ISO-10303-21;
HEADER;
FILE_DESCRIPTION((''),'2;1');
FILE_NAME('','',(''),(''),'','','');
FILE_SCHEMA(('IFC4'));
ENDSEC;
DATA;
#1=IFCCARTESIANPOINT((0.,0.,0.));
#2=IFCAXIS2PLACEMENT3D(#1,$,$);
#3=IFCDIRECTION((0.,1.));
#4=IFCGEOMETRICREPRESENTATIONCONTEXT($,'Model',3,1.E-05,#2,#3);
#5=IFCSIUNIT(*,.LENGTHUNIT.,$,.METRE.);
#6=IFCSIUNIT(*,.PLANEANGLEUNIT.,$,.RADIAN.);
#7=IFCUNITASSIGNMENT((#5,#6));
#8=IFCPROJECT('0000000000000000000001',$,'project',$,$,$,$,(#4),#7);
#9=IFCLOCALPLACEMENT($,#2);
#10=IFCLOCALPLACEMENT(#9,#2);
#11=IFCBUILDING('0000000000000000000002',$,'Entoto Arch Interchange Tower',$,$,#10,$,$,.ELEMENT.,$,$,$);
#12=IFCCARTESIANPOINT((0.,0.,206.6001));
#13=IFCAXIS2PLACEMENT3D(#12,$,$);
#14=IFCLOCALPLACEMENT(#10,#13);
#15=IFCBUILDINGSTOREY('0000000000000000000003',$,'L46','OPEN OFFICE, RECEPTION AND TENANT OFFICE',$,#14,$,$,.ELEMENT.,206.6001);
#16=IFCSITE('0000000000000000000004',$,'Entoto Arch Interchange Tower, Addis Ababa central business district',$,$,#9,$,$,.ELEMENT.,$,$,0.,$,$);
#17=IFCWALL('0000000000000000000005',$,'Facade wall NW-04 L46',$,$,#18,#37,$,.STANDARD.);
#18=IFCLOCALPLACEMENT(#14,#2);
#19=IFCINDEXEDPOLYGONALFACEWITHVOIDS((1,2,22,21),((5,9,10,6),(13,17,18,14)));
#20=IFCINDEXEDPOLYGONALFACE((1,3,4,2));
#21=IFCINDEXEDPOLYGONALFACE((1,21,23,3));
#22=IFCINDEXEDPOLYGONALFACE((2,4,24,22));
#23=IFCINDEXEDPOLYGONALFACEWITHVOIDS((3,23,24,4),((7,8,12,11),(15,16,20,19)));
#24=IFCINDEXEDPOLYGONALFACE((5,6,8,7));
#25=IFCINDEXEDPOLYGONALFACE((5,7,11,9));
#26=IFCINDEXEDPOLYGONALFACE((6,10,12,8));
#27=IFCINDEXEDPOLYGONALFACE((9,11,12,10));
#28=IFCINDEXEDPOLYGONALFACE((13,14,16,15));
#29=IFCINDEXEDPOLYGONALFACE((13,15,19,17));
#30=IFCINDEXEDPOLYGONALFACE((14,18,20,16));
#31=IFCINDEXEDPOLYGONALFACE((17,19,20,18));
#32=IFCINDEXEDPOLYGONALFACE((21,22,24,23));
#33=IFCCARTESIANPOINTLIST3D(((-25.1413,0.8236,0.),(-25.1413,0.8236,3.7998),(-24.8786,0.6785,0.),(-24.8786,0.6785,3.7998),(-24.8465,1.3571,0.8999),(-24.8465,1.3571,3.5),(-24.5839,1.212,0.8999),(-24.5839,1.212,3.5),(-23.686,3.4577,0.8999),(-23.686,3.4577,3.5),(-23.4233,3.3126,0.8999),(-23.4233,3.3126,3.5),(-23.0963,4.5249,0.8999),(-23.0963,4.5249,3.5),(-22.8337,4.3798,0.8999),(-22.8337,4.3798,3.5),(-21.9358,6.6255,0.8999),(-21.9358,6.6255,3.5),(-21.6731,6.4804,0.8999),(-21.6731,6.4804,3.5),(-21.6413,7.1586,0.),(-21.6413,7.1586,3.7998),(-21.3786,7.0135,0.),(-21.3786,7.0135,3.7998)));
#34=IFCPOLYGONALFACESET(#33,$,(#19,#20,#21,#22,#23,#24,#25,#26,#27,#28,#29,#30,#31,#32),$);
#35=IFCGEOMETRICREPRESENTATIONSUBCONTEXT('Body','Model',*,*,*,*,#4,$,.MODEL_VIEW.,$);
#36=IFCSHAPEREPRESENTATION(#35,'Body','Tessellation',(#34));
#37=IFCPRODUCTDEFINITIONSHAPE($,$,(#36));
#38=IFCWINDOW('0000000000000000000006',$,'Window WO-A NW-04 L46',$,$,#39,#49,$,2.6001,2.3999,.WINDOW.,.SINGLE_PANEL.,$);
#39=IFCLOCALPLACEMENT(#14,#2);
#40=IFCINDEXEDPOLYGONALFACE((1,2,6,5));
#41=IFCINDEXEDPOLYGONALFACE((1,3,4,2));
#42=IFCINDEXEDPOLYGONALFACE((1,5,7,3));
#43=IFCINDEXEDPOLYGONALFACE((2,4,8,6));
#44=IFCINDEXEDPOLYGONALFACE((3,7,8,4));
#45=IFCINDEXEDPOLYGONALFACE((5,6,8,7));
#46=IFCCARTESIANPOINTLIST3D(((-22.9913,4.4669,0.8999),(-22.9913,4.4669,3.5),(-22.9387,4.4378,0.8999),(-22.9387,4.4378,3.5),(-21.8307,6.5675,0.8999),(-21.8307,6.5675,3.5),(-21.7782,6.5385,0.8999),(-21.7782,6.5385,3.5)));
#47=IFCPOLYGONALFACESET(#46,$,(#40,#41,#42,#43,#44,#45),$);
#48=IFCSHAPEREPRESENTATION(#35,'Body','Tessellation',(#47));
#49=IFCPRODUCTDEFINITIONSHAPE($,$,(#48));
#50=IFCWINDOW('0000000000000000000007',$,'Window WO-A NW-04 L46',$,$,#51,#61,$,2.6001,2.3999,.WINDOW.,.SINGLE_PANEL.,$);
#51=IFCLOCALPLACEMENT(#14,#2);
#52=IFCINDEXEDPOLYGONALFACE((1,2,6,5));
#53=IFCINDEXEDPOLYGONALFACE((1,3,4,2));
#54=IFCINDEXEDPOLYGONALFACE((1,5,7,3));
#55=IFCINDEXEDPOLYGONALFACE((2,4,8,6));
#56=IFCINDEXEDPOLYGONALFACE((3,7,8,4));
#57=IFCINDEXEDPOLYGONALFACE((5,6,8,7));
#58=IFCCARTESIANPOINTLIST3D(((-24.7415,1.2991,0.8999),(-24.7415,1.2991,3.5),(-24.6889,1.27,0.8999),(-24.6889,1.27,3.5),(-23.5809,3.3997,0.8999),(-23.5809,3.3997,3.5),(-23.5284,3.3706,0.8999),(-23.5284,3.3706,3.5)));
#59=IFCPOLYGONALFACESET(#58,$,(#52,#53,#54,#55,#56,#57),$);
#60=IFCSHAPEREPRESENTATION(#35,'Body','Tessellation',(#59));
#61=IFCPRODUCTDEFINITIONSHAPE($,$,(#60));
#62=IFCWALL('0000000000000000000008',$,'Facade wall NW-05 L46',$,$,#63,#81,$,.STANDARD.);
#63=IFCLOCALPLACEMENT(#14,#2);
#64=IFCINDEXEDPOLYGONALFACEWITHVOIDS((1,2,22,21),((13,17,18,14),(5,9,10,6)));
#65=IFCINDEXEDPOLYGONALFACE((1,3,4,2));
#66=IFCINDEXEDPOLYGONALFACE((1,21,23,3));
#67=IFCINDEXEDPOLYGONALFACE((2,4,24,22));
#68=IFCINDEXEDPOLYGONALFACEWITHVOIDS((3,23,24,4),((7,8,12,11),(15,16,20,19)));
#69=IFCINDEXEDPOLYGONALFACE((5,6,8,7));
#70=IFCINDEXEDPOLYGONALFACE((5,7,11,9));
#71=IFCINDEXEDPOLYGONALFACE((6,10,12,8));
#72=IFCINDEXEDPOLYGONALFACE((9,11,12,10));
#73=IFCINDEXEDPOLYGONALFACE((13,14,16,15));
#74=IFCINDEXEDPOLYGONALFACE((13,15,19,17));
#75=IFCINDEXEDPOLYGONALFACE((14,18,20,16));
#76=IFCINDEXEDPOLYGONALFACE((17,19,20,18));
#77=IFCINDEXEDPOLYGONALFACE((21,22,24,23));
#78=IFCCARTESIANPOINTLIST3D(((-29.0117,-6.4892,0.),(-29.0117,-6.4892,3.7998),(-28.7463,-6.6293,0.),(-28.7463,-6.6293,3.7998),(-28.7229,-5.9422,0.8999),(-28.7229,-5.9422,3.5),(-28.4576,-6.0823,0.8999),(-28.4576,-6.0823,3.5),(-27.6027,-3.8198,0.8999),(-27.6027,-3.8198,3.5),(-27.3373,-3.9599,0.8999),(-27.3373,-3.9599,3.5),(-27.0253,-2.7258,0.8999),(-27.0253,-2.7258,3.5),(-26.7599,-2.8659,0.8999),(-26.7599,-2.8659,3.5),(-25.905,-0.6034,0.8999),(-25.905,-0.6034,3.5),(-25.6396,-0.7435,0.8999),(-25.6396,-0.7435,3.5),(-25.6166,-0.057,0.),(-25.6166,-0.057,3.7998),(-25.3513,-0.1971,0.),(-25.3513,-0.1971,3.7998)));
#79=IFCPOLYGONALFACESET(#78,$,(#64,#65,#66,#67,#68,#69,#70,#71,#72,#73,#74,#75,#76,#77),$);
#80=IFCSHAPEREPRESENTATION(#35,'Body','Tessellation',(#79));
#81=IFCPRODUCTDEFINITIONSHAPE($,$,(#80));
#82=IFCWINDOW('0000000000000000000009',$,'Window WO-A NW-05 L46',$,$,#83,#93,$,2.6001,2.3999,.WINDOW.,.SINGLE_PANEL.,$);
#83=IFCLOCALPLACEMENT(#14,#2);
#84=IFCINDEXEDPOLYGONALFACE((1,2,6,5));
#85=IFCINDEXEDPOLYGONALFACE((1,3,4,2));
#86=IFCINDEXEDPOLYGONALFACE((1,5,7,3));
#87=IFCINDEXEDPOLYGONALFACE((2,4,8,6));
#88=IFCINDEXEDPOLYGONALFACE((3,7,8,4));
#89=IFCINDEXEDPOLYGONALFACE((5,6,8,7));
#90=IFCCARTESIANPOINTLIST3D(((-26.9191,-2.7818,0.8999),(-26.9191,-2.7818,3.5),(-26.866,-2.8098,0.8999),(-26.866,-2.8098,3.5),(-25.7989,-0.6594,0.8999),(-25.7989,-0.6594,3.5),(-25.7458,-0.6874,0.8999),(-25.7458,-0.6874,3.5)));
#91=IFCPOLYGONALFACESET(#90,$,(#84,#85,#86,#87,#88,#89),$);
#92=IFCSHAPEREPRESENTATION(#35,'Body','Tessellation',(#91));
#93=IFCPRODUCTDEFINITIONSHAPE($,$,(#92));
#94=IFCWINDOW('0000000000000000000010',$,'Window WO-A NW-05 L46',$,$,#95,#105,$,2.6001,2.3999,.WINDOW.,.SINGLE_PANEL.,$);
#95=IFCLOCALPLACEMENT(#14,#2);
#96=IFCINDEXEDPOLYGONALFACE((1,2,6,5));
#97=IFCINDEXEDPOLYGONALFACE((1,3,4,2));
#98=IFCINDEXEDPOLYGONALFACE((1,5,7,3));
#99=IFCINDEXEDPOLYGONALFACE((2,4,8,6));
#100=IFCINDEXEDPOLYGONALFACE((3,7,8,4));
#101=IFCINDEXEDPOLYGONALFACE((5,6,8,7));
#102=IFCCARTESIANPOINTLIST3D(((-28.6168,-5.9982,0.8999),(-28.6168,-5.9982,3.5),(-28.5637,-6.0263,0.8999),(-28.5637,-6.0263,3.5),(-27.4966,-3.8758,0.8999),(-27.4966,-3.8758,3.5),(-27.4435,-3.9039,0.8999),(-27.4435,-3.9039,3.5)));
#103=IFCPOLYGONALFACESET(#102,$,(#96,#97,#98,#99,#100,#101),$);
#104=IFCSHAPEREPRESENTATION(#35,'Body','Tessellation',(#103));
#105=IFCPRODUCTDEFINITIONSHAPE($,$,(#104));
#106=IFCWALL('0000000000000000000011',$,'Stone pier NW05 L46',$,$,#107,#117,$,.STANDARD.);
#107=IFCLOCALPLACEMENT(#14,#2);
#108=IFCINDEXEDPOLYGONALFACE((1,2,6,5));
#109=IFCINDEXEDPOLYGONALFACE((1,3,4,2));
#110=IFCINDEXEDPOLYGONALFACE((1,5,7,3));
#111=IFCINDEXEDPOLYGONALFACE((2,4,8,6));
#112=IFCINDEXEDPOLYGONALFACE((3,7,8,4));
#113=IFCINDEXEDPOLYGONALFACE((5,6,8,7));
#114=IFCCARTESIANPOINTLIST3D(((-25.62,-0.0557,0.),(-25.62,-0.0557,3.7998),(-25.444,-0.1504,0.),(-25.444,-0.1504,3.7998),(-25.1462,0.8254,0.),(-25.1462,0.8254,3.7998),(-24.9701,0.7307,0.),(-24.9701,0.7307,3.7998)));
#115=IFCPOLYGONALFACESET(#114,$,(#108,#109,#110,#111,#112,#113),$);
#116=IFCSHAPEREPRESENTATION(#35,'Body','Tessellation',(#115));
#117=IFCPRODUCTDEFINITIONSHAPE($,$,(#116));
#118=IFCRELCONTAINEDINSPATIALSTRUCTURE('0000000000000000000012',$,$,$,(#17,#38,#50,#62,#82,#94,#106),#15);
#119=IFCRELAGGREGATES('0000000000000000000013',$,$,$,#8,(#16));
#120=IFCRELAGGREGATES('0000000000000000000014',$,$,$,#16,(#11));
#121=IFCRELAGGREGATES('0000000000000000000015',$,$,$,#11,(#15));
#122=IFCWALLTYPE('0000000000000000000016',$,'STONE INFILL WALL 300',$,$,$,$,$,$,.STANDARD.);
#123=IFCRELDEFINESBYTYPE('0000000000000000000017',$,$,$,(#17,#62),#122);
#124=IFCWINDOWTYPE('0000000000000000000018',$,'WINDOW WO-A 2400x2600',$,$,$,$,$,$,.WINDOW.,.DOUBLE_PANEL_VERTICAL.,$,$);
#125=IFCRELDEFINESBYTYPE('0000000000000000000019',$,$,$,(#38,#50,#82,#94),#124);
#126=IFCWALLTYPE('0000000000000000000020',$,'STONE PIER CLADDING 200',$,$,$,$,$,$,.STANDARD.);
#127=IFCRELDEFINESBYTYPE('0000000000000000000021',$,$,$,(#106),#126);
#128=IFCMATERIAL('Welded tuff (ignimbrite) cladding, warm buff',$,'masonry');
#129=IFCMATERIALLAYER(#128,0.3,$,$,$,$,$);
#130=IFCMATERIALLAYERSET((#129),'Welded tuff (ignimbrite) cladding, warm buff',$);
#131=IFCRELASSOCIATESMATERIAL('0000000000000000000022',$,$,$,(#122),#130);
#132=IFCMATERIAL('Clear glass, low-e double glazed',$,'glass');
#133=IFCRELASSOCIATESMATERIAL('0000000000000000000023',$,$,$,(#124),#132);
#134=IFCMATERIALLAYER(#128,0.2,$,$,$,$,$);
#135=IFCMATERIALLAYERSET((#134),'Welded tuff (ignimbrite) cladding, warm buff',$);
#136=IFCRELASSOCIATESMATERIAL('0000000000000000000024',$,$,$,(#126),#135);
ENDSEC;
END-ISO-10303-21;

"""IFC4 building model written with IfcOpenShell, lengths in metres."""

from ifc_helpers import new_model, si_unit, direction, frame, frame_2d, origin, place, context, subcontext, project, spatial, rectangle, extrude, material, layer, layer_set, type_object, element, fill, save


model = new_model("IFC4")

# Units and contexts
model_context = context("Model", 3, precision=1e-05, world=origin(), true_north=direction((0.0, 1.0)))
body_context = subcontext(model_context, "Body", "Model", "MODEL_VIEW")
ifc_project = project(units=[si_unit("LENGTHUNIT", "METRE"), si_unit("PLANEANGLEUNIT", "RADIAN")], contexts=[model_context])

# Site, building, storey
site_placement = place(None, origin())
site = spatial("IfcSite", under=ifc_project, at=site_placement, Name="Entoto Arch Interchange Tower, Addis Ababa central business district", CompositionType="ELEMENT", RefElevation=0.0)
building_placement = place(site_placement, origin())
building = spatial("IfcBuilding", under=site, at=building_placement, Name="Entoto Arch Interchange Tower", CompositionType="ELEMENT")
storey_placement = place(building_placement, frame((0.0, 0.0, 206.6001)))
storey = spatial("IfcBuildingStorey", under=building, at=storey_placement, Name="L46", Description="OPEN OFFICE, RECEPTION AND TENANT OFFICE", CompositionType="ELEMENT", Elevation=206.6001)

# Walls, openings, windows
ifc_material_1 = material(Name="Welded tuff (ignimbrite) cladding, warm buff", Category="masonry")
ifc_layer_1 = layer(ifc_material_1, 0.3)
ifc_layer_set_1 = layer_set([ifc_layer_1], Name="Welded tuff (ignimbrite) cladding, warm buff")
wall_type_1 = type_object("IfcWallType", Name="STONE INFILL WALL 300", PredefinedType="STANDARD", material=ifc_layer_set_1)
wall_1_placement = place(storey_placement, frame((-21.51, 7.0859, 0.0), z_axis=(0.0, 0.0, 1.0), x_axis=(-0.483591, -0.875294, 0.0)))
wall_1 = element("IfcWall", 1, at=wall_1_placement, inside=storey, type_object=wall_type_1, Name="Facade wall NW-04 L46", PredefinedType="STANDARD", context=body_context, shape_type="SweptSolid", body=[
    extrude(rectangle(XDim=7.2375, YDim=0.3, at=frame_2d((3.6187, 0.0))), origin(), (0.0, 0.0, 1.0), 3.7998),
])
opening_1_placement = place(wall_1_placement, frame((0.6089, 0.0, 0.8999)))
opening_1 = element("IfcOpeningElement", 2, at=opening_1_placement, cuts=wall_1, PredefinedType="OPENING", context=body_context, shape_type="SweptSolid", body=[
    extrude(rectangle(XDim=2.3999, YDim=2.6001, at=frame_2d((1.2, 1.3))), frame((0.0, 0.1602, 0.0), z_axis=(0.0, -1.0, 0.0), x_axis=(1.0, 0.0, 0.0)), (0.0, 0.0, 1.0), 0.3201),
])
opening_2_placement = place(wall_1_placement, frame((4.228, 0.0, 0.8999)))
opening_2 = element("IfcOpeningElement", 3, at=opening_2_placement, cuts=wall_1, PredefinedType="OPENING", context=body_context, shape_type="SweptSolid", body=[
    extrude(rectangle(XDim=2.3999, YDim=2.6001, at=frame_2d((1.2, 1.3))), frame((0.0, 0.1602, 0.0), z_axis=(0.0, -1.0, 0.0), x_axis=(1.0, 0.0, 0.0)), (0.0, 0.0, 1.0), 0.3201),
])
ifc_material_2 = material(Name="Clear glass, low-e double glazed", Category="glass")
window_type = type_object("IfcWindowType", Name="WINDOW WO-A 2400x2600", PartitioningType="DOUBLE_PANEL_VERTICAL", PredefinedType="WINDOW", material=ifc_material_2)
window_1_placement = place(opening_1_placement, origin())
window_1 = element("IfcWindow", 4, at=window_1_placement, inside=storey, type_object=window_type, Name="Window WO-A NW-04 L46", OverallHeight=2.6001, OverallWidth=2.3999, PartitioningType="SINGLE_PANEL", PredefinedType="WINDOW", context=body_context, shape_type="SweptSolid", body=[
    extrude(rectangle(XDim=2.3999, YDim=2.6001, at=frame_2d((1.2, 1.3))), frame((0.0, 0.03, 0.0), z_axis=(0.0, -1.0, 0.0), x_axis=(1.0, 0.0, 0.0)), (0.0, 0.0, 1.0), 0.0601),
])
fill(opening_1, window_1)
window_2_placement = place(opening_2_placement, origin())
window_2 = element("IfcWindow", 5, at=window_2_placement, inside=storey, type_object=window_type, Name="Window WO-A NW-04 L46", OverallHeight=2.6001, OverallWidth=2.3999, PartitioningType="SINGLE_PANEL", PredefinedType="WINDOW", context=body_context, shape_type="SweptSolid", body=[
    extrude(rectangle(XDim=2.3999, YDim=2.6001, at=frame_2d((1.2, 1.3))), frame((0.0, 0.03, 0.0), z_axis=(0.0, -1.0, 0.0), x_axis=(1.0, 0.0, 0.0)), (0.0, 0.0, 1.0), 0.0601),
])
fill(opening_2, window_2)
wall_2_placement = place(storey_placement, frame((-25.4839, -0.127, 0.0), z_axis=(0.0, 0.0, 1.0), x_axis=(-0.466789, -0.884369, 0.0)))
wall_2 = element("IfcWall", 6, at=wall_2_placement, inside=storey, type_object=wall_type_1, Name="Facade wall NW-05 L46", PredefinedType="STANDARD", context=body_context, shape_type="SweptSolid", body=[
    extrude(rectangle(XDim=7.2732, YDim=0.3, at=frame_2d((3.6367, 0.0))), origin(), (0.0, 0.0, 1.0), 3.7998),
])
opening_3_placement = place(wall_2_placement, frame((0.6179, 0.0, 0.8999)))
opening_3 = element("IfcOpeningElement", 7, at=opening_3_placement, cuts=wall_2, PredefinedType="OPENING", context=body_context, shape_type="SweptSolid", body=[
    extrude(rectangle(XDim=2.3999, YDim=2.6001, at=frame_2d((1.2, 1.3))), frame((0.0, 0.1602, 0.0), z_axis=(0.0, -1.0, 0.0), x_axis=(1.0, 0.0, 0.0)), (0.0, 0.0, 1.0), 0.3201),
])
opening_4_placement = place(wall_2_placement, frame((4.2549, 0.0, 0.8999)))
opening_4 = element("IfcOpeningElement", 8, at=opening_4_placement, cuts=wall_2, PredefinedType="OPENING", context=body_context, shape_type="SweptSolid", body=[
    extrude(rectangle(XDim=2.3999, YDim=2.6001, at=frame_2d((1.2, 1.3))), frame((0.0, 0.1602, 0.0), z_axis=(0.0, -1.0, 0.0), x_axis=(1.0, 0.0, 0.0)), (0.0, 0.0, 1.0), 0.3201),
])
window_3_placement = place(opening_3_placement, origin())
window_3 = element("IfcWindow", 9, at=window_3_placement, inside=storey, type_object=window_type, Name="Window WO-A NW-05 L46", OverallHeight=2.6001, OverallWidth=2.3999, PartitioningType="SINGLE_PANEL", PredefinedType="WINDOW", context=body_context, shape_type="SweptSolid", body=[
    extrude(rectangle(XDim=2.3999, YDim=2.6001, at=frame_2d((1.2, 1.3))), frame((0.0, 0.03, 0.0), z_axis=(0.0, -1.0, 0.0), x_axis=(1.0, 0.0, 0.0)), (0.0, 0.0, 1.0), 0.0601),
])
fill(opening_3, window_3)
window_4_placement = place(opening_4_placement, origin())
window_4 = element("IfcWindow", 10, at=window_4_placement, inside=storey, type_object=window_type, Name="Window WO-A NW-05 L46", OverallHeight=2.6001, OverallWidth=2.3999, PartitioningType="SINGLE_PANEL", PredefinedType="WINDOW", context=body_context, shape_type="SweptSolid", body=[
    extrude(rectangle(XDim=2.3999, YDim=2.6001, at=frame_2d((1.2, 1.3))), frame((0.0, 0.03, 0.0), z_axis=(0.0, -1.0, 0.0), x_axis=(1.0, 0.0, 0.0)), (0.0, 0.0, 1.0), 0.0601),
])
fill(opening_4, window_4)

# Wall
ifc_layer_2 = layer(ifc_material_1, 0.2)
ifc_layer_set_2 = layer_set([ifc_layer_2], Name="Welded tuff (ignimbrite) cladding, warm buff")
wall_type_2 = type_object("IfcWallType", Name="STONE PIER CLADDING 200", PredefinedType="STANDARD", material=ifc_layer_set_2)
wall_3_placement = place(storey_placement, frame((-25.0581, 0.7781, 0.0), z_axis=(0.0, 0.0, 1.0), x_axis=(-0.473663, -0.880706, 0.0)))
element("IfcWall", 11, at=wall_3_placement, inside=storey, type_object=wall_type_2, Name="Stone pier NW05 L46", PredefinedType="STANDARD", context=body_context, shape_type="SweptSolid", body=[
    extrude(rectangle(XDim=1.0005, YDim=0.2, at=frame_2d((0.5002, 0.0))), origin(), (0.0, 0.0, 1.0), 3.7998),
])

save(model, "model.ifc")
